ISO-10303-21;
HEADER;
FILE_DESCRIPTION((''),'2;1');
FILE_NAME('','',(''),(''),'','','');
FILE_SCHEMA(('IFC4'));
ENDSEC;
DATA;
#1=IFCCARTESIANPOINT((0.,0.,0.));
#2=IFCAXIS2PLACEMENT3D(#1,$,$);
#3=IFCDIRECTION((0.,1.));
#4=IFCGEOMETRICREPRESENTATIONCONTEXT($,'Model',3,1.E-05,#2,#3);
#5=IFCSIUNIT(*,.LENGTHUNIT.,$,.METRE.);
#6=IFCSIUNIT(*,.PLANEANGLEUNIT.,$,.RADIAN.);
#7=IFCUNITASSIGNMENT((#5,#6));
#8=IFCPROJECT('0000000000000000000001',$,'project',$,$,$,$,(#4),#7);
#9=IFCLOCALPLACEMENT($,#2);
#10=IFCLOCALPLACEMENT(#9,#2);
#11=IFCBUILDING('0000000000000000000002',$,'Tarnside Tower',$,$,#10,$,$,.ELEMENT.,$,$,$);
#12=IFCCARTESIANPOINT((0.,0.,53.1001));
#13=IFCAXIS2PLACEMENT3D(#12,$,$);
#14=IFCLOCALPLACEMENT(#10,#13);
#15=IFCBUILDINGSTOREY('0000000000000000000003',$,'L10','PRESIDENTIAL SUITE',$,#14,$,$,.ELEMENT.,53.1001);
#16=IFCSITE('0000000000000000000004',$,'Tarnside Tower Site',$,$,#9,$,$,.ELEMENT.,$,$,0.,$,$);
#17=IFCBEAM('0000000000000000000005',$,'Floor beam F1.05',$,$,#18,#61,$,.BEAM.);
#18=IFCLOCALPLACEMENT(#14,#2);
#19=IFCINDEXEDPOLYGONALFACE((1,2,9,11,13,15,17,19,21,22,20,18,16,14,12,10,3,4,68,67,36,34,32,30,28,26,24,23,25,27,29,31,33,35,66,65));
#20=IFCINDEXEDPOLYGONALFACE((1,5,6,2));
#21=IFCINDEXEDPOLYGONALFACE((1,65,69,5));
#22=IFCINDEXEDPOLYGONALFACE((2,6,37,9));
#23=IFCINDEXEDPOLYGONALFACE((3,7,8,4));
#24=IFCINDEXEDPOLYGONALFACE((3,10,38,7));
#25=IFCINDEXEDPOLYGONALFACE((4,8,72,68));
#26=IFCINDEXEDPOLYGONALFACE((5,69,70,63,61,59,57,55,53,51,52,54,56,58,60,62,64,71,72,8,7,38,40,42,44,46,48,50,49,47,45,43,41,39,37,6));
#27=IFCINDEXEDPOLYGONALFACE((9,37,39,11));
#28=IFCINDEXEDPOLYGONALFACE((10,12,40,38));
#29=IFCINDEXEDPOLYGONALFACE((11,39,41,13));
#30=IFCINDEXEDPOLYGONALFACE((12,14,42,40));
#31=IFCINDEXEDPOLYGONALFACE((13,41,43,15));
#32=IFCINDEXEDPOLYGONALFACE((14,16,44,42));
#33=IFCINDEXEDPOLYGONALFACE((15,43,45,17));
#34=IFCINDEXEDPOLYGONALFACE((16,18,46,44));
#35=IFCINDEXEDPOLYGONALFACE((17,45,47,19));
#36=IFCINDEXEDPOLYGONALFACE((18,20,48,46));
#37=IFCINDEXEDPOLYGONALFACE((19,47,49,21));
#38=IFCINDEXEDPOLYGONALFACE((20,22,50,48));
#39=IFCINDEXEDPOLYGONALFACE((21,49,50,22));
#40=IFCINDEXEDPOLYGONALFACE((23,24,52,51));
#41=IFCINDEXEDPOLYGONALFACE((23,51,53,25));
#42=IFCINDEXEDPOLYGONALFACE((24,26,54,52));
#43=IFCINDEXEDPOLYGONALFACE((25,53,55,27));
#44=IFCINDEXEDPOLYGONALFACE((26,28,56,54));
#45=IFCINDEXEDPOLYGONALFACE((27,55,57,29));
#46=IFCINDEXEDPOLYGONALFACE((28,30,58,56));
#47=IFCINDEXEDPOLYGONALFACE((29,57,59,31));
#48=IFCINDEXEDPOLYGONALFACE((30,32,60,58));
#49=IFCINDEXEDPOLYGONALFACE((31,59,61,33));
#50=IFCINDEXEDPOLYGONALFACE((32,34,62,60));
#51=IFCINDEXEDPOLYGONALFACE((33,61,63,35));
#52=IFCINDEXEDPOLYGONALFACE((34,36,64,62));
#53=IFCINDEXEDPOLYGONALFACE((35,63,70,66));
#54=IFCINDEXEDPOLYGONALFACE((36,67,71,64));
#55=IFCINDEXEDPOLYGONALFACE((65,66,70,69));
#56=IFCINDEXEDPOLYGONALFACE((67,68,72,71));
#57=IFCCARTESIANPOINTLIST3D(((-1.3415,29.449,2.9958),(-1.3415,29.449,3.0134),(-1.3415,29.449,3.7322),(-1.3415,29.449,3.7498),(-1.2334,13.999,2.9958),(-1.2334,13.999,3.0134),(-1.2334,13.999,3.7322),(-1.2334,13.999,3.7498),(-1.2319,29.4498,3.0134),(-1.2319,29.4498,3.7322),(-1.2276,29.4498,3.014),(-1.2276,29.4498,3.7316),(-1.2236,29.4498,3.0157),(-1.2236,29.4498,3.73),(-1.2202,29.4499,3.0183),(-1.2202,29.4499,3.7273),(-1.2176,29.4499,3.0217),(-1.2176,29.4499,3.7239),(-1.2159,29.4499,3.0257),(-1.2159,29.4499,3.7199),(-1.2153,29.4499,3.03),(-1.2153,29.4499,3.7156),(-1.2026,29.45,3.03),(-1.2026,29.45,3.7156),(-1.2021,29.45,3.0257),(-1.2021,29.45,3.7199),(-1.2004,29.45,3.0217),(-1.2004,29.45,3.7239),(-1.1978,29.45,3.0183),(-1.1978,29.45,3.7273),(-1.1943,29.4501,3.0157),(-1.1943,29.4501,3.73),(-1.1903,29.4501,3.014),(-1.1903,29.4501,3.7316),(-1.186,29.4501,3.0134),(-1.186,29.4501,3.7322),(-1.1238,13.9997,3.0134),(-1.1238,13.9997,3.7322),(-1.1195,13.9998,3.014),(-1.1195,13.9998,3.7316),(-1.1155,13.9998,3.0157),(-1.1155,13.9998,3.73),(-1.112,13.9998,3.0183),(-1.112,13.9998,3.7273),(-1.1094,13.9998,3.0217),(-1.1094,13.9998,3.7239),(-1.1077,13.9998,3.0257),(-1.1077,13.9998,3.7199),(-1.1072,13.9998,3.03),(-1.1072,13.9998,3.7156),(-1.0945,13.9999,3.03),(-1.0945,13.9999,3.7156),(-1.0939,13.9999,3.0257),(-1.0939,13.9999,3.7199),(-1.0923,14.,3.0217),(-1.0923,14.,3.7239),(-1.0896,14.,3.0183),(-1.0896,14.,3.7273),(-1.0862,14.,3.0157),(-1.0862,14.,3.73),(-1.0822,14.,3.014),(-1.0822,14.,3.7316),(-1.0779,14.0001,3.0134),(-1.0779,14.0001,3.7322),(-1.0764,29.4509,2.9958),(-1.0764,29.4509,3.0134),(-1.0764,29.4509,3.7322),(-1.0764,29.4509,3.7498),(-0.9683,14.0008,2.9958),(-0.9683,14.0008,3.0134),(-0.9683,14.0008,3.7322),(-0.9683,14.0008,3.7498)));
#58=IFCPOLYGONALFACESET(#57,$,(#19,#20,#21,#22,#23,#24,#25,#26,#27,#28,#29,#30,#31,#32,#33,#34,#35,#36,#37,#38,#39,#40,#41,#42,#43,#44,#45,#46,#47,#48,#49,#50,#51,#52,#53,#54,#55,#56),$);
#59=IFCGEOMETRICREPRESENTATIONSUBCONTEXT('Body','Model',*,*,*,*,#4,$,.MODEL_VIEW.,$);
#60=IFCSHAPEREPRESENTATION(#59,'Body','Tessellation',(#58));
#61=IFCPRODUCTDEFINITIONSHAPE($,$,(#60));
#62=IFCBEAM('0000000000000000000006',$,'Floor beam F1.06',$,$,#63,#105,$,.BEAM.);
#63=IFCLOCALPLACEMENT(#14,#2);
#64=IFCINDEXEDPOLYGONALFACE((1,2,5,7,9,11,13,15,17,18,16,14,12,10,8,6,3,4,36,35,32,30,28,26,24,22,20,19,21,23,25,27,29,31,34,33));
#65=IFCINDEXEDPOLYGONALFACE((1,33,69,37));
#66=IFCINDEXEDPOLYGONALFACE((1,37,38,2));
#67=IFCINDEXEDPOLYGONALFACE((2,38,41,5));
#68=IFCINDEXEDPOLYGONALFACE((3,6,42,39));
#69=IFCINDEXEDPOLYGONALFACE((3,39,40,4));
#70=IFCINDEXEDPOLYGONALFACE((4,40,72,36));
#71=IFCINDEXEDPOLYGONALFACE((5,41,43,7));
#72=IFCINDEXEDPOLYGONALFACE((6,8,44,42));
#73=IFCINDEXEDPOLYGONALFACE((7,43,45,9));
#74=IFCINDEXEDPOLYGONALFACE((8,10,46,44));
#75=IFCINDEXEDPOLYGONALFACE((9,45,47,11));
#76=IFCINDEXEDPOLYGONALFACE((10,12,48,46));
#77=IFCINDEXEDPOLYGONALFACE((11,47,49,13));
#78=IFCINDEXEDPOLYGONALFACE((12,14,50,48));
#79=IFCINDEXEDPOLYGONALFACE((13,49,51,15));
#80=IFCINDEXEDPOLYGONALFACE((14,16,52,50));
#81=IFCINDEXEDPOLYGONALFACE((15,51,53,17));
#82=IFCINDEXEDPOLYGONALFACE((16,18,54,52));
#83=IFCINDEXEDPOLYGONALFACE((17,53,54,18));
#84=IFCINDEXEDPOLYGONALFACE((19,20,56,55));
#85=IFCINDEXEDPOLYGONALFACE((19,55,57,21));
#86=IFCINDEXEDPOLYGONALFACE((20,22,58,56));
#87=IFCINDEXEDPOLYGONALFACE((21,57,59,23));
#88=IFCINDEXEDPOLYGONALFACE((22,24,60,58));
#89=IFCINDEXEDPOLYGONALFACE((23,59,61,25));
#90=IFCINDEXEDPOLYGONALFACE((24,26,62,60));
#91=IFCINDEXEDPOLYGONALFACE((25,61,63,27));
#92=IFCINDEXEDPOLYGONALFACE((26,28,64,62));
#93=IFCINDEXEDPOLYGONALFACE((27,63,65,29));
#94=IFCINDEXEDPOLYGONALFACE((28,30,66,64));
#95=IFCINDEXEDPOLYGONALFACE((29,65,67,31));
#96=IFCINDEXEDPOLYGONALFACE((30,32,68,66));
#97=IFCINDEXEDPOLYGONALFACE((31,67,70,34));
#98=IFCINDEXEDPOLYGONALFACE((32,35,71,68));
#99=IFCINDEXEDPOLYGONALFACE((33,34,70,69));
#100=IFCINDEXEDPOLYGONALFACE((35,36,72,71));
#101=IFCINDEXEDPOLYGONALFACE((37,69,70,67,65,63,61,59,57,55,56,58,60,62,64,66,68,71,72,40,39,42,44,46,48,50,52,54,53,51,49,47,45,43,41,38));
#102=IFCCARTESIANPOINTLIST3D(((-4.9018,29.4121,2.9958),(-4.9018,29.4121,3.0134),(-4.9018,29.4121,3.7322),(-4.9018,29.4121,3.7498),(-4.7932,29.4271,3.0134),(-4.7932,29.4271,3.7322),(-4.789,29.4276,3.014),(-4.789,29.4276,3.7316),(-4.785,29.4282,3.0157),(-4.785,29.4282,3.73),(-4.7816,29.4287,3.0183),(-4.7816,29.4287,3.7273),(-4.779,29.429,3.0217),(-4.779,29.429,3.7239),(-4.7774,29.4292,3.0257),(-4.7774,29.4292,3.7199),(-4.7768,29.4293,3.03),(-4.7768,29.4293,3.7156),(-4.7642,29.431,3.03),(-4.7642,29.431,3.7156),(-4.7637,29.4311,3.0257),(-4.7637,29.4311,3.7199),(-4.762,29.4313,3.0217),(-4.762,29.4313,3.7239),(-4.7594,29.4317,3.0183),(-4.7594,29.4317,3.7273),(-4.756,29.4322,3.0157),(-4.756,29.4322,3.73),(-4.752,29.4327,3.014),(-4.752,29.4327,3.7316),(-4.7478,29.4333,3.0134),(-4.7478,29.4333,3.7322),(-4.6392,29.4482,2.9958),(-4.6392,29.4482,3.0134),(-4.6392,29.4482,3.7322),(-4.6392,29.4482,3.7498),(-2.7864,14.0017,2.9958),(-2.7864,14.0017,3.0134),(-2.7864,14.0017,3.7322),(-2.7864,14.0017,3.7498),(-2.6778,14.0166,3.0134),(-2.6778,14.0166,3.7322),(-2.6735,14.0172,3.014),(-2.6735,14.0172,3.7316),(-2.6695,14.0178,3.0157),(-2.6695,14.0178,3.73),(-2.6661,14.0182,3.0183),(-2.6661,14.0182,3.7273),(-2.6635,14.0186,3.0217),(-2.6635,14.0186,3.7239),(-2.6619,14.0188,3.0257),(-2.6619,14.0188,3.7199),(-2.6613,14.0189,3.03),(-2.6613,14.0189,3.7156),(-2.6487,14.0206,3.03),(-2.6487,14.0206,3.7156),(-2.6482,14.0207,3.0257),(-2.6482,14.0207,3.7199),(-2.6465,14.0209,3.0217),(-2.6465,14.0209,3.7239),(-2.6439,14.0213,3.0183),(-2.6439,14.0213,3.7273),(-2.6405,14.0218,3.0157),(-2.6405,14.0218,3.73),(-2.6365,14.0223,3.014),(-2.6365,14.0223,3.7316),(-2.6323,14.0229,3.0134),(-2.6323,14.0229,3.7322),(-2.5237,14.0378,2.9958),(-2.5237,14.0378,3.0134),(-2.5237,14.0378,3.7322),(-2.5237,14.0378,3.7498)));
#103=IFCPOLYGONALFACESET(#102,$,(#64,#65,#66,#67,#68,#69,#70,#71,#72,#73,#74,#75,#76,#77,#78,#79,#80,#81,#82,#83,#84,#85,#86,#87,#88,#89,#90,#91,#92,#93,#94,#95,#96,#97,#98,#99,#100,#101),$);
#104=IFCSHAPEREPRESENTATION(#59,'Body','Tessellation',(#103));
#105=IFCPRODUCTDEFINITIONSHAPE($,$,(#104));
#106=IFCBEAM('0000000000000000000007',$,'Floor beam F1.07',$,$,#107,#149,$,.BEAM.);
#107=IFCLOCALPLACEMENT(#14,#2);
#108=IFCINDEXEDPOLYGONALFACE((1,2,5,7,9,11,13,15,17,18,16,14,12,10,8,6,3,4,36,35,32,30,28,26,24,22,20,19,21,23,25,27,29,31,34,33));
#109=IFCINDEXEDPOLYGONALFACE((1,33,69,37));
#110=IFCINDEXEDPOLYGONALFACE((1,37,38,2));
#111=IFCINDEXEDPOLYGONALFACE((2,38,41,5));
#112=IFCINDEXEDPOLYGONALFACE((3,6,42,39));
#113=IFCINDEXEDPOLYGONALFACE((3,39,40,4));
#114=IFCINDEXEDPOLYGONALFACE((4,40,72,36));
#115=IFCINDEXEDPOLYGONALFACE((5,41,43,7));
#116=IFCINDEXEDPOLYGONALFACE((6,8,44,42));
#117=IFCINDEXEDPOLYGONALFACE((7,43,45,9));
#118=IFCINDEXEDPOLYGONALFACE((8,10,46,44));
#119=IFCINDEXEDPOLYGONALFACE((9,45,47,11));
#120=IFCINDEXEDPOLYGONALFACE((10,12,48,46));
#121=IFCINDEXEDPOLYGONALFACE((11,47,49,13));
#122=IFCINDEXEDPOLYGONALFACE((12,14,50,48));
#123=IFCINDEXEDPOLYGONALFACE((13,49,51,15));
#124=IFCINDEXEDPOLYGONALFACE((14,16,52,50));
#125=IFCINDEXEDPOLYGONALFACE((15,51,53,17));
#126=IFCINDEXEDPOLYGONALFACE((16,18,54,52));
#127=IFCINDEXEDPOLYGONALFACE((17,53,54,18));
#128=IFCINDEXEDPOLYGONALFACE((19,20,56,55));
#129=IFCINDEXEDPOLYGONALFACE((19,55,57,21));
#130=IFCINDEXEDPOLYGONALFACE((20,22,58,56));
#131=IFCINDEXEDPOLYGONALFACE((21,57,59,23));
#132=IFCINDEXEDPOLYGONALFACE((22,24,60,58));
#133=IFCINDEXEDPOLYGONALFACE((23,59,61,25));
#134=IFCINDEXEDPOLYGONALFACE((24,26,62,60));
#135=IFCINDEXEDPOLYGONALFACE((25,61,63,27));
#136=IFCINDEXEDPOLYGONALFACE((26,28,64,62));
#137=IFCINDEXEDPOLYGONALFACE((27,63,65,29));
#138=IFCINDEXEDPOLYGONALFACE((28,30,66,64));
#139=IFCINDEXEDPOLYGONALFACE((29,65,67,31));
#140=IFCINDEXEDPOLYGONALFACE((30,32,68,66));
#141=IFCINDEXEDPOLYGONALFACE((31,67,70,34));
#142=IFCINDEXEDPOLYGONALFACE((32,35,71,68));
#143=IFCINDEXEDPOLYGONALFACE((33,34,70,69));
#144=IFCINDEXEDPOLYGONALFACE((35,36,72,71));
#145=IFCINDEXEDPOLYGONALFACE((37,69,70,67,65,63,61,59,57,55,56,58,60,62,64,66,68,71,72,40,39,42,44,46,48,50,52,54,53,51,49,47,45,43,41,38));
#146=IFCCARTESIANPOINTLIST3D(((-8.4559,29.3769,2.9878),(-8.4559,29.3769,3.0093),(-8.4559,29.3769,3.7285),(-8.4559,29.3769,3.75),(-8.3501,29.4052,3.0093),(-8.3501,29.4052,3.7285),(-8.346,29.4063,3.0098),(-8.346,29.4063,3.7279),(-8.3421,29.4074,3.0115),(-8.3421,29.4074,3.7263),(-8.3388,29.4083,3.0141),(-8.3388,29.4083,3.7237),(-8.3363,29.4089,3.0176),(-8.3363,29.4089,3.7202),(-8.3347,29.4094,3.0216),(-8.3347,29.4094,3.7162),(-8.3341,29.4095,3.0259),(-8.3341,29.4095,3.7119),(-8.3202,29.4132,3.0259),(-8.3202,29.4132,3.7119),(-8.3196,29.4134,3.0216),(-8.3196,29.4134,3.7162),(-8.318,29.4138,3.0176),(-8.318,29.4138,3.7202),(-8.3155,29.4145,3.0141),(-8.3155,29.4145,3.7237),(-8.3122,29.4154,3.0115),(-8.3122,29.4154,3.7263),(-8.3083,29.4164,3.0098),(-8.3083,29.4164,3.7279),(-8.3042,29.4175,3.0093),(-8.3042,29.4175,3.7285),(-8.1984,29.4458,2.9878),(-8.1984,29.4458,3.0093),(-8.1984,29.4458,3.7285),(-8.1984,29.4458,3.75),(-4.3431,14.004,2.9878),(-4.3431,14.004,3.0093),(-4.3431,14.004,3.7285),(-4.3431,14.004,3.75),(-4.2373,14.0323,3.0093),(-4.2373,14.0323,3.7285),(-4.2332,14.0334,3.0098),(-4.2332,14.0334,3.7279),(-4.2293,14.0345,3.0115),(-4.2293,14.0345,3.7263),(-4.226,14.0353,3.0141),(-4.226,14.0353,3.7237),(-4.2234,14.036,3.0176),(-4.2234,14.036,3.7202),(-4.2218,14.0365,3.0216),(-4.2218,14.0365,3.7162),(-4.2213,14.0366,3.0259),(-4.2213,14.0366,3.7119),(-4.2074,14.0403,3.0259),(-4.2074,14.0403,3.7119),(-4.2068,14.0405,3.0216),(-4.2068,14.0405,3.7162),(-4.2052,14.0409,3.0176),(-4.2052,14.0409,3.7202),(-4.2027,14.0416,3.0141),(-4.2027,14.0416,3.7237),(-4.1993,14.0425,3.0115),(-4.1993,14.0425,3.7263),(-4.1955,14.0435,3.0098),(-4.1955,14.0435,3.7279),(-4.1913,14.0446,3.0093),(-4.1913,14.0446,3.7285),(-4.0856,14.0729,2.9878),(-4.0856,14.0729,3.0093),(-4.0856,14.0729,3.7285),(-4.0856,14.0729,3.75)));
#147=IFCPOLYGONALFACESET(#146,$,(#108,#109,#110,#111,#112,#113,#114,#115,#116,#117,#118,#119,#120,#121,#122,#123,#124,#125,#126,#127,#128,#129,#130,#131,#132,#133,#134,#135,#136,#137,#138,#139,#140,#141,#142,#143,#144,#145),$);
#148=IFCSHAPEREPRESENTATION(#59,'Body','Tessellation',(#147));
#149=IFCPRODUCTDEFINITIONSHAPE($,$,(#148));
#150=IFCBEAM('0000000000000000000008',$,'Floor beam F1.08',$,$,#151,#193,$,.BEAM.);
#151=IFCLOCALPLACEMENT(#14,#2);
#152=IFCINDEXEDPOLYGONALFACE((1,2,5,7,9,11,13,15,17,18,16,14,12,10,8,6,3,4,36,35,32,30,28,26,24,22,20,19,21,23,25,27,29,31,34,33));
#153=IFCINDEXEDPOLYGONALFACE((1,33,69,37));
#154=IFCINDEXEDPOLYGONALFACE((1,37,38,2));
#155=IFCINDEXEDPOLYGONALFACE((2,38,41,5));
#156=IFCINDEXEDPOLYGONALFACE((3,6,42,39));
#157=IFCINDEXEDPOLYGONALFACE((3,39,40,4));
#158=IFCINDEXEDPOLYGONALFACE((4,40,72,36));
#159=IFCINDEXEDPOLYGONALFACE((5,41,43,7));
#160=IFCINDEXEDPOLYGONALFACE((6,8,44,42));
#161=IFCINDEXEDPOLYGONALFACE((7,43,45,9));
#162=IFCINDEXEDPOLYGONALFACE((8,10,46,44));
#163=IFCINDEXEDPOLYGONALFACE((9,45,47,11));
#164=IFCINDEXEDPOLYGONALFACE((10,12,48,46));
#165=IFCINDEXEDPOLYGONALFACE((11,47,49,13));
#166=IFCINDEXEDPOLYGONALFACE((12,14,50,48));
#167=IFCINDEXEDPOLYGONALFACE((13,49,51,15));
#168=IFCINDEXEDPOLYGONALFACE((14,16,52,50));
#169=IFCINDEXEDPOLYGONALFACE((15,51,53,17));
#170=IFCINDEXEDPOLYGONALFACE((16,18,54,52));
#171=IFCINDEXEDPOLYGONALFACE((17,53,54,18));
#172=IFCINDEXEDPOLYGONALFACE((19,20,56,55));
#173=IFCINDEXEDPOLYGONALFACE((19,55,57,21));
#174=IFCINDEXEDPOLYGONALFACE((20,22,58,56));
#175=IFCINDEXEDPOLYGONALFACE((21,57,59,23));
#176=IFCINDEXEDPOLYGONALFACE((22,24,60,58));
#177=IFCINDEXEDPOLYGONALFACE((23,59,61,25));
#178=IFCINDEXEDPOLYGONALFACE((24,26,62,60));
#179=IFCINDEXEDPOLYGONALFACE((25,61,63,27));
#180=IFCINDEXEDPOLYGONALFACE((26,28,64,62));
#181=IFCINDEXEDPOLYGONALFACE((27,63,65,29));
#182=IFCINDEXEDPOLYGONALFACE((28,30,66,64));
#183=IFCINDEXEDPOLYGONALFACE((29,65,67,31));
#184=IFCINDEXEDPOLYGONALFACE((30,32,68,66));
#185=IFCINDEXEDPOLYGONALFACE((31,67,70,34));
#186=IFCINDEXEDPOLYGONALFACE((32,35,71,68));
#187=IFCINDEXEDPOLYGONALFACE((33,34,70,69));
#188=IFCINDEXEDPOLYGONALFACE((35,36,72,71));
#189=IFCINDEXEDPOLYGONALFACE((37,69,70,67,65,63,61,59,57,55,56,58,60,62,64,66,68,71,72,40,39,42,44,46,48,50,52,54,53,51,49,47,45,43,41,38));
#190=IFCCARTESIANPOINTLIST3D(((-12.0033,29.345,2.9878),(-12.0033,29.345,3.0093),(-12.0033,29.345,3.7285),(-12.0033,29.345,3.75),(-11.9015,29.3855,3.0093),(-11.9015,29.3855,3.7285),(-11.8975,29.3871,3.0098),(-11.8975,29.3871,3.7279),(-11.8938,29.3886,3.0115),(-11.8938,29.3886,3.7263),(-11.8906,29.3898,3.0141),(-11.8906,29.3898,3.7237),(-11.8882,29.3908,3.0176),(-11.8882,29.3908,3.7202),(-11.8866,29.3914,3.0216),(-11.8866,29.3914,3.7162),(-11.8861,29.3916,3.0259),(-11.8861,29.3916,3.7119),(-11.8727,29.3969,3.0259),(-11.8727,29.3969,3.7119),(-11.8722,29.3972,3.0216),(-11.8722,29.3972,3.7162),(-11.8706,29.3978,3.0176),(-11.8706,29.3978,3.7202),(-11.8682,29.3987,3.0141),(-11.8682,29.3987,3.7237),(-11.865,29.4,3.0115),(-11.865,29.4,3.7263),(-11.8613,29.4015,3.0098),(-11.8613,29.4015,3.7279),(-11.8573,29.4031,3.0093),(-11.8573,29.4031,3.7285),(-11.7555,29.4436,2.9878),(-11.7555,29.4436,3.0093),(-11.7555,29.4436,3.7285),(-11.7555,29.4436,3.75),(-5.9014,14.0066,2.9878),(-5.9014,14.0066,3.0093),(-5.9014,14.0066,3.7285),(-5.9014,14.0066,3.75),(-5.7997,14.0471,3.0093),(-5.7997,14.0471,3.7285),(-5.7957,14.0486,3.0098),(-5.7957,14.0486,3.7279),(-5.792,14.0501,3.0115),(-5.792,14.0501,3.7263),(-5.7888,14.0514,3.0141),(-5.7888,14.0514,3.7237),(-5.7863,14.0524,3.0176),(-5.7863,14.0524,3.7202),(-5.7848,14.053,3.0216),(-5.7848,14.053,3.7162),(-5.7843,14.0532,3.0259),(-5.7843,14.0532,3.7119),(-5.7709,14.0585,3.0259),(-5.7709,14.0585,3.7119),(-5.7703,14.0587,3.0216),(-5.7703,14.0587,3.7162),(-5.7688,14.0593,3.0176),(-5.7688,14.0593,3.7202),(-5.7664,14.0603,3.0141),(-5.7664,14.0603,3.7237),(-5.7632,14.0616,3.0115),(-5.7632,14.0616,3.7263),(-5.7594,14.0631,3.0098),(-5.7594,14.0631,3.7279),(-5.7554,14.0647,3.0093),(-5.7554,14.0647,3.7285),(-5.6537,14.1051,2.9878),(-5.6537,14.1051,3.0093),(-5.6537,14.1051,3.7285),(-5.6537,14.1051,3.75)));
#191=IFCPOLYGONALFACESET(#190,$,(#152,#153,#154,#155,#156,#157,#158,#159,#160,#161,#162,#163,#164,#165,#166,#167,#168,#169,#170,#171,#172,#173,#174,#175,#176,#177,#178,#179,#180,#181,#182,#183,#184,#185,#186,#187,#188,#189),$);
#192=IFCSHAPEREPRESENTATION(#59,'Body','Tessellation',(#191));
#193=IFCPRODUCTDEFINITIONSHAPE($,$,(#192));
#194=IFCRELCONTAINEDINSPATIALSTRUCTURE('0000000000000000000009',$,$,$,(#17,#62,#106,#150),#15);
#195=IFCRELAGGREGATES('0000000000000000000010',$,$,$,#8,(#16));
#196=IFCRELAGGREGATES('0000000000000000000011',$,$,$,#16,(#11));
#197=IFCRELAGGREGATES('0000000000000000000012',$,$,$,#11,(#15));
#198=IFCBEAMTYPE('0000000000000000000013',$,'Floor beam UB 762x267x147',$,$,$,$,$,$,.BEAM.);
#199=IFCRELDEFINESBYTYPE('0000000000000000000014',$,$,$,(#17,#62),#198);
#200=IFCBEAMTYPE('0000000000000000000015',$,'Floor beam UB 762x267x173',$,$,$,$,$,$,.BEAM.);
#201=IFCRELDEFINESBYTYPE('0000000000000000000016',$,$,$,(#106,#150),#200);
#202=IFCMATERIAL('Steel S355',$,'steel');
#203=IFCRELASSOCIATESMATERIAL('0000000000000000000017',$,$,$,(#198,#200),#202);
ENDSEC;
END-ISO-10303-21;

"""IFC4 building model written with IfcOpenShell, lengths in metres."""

from ifc_helpers import new_model, si_unit, direction, frame, origin, origin_2d, place, context, subcontext, project, spatial, i_section, extrude, material, material_profile, profile_set, type_object, element, save


model = new_model("IFC4")

# Units and contexts
model_context = context("Model", 3, precision=1e-05, world=origin(), true_north=direction((0.0, 1.0)))
body_context = subcontext(model_context, "Body", "Model", "MODEL_VIEW")
ifc_project = project(units=[si_unit("LENGTHUNIT", "METRE"), si_unit("PLANEANGLEUNIT", "RADIAN")], contexts=[model_context])

# Site, building, storey
site_placement = place(None, origin())
site = spatial("IfcSite", under=ifc_project, at=site_placement, Name="Tarnside Tower Site", CompositionType="ELEMENT", RefElevation=0.0)
building_placement = place(site_placement, origin())
building = spatial("IfcBuilding", under=site, at=building_placement, Name="Tarnside Tower", CompositionType="ELEMENT")
storey_placement = place(building_placement, frame((0.0, 0.0, 53.1001)))
storey = spatial("IfcBuildingStorey", under=building, at=storey_placement, Name="L10", Description="PRESIDENTIAL SUITE", CompositionType="ELEMENT", Elevation=53.1001)

# Beams
ifc_material_1 = material(Name="Steel S355", Category="steel")
ifc_material_profile_1 = material_profile(ifc_material_1, i_section(OverallWidth=0.2651, OverallDepth=0.7539, WebThickness=0.0127, FlangeThickness=0.0176, FilletRadius=0.0166, at=origin_2d()), Name="UB 762x267x147")
ifc_profile_set_1 = profile_set([ifc_material_profile_1], Name="Steel S355")
beam_type_1 = type_object("IfcBeamType", Name="Floor beam UB 762x267x147", PredefinedType="BEAM", material=ifc_profile_set_1)
beam_1_placement = place(storey_placement, frame((-1.209, 29.45, 3.3728), z_axis=(0.007, -0.999975, 0.0), x_axis=(0.999975, 0.007, 0.0)))
element("IfcBeam", 1, at=beam_1_placement, inside=storey, type_object=beam_type_1, Name="Floor beam F1.05", PredefinedType="BEAM", context=body_context, shape_type="SweptSolid", body=[
    extrude(i_section(OverallWidth=0.2651, OverallDepth=0.7539, WebThickness=0.0127, FlangeThickness=0.0176, FilletRadius=0.0166, at=origin_2d()), origin(), (0.0, 0.0, 1.0), 15.4504),
])
beam_2_placement = place(storey_placement, frame((-4.7705, 29.4302, 3.3728), z_axis=(0.136001, -0.990709, 0.0), x_axis=(0.990709, 0.136001, 0.0)))
element("IfcBeam", 2, at=beam_2_placement, inside=storey, type_object=beam_type_1, Name="Floor beam F1.06", PredefinedType="BEAM", context=body_context, shape_type="SweptSolid", body=[
    extrude(i_section(OverallWidth=0.2651, OverallDepth=0.7539, WebThickness=0.0127, FlangeThickness=0.0176, FilletRadius=0.0166, at=origin_2d()), origin(), (0.0, 0.0, 1.0), 15.5549),
])
ifc_material_profile_2 = material_profile(ifc_material_1, i_section(OverallWidth=0.2666, OverallDepth=0.7622, WebThickness=0.0144, FlangeThickness=0.0215, FilletRadius=0.0166, at=origin_2d()), Name="UB 762x267x173")
ifc_profile_set_2 = profile_set([ifc_material_profile_2], Name="Steel S355")
beam_type_2 = type_object("IfcBeamType", Name="Floor beam UB 762x267x173", PredefinedType="BEAM", material=ifc_profile_set_2)
beam_3_placement = place(storey_placement, frame((-8.3271, 29.4114, 3.3689), z_axis=(0.258447, -0.966025, 0.0), x_axis=(0.966025, 0.258447, 0.0)))
element("IfcBeam", 3, at=beam_3_placement, inside=storey, type_object=beam_type_2, Name="Floor beam F1.07", PredefinedType="BEAM", context=body_context, shape_type="SweptSolid", body=[
    extrude(i_section(OverallWidth=0.2666, OverallDepth=0.7622, WebThickness=0.0144, FlangeThickness=0.0215, FilletRadius=0.0166, at=origin_2d()), origin(), (0.0, 0.0, 1.0), 15.9136),
])
beam_4_placement = place(storey_placement, frame((-11.8794, 29.3943, 3.3689), z_axis=(0.369638, -0.929176, 0.0), x_axis=(0.929176, 0.369638, 0.0)))
element("IfcBeam", 4, at=beam_4_placement, inside=storey, type_object=beam_type_2, Name="Floor beam F1.08", PredefinedType="BEAM", context=body_context, shape_type="SweptSolid", body=[
    extrude(i_section(OverallWidth=0.2666, OverallDepth=0.7622, WebThickness=0.0144, FlangeThickness=0.0215, FilletRadius=0.0166, at=origin_2d()), origin(), (0.0, 0.0, 1.0), 16.5076),
])

save(model, "model.ifc")
